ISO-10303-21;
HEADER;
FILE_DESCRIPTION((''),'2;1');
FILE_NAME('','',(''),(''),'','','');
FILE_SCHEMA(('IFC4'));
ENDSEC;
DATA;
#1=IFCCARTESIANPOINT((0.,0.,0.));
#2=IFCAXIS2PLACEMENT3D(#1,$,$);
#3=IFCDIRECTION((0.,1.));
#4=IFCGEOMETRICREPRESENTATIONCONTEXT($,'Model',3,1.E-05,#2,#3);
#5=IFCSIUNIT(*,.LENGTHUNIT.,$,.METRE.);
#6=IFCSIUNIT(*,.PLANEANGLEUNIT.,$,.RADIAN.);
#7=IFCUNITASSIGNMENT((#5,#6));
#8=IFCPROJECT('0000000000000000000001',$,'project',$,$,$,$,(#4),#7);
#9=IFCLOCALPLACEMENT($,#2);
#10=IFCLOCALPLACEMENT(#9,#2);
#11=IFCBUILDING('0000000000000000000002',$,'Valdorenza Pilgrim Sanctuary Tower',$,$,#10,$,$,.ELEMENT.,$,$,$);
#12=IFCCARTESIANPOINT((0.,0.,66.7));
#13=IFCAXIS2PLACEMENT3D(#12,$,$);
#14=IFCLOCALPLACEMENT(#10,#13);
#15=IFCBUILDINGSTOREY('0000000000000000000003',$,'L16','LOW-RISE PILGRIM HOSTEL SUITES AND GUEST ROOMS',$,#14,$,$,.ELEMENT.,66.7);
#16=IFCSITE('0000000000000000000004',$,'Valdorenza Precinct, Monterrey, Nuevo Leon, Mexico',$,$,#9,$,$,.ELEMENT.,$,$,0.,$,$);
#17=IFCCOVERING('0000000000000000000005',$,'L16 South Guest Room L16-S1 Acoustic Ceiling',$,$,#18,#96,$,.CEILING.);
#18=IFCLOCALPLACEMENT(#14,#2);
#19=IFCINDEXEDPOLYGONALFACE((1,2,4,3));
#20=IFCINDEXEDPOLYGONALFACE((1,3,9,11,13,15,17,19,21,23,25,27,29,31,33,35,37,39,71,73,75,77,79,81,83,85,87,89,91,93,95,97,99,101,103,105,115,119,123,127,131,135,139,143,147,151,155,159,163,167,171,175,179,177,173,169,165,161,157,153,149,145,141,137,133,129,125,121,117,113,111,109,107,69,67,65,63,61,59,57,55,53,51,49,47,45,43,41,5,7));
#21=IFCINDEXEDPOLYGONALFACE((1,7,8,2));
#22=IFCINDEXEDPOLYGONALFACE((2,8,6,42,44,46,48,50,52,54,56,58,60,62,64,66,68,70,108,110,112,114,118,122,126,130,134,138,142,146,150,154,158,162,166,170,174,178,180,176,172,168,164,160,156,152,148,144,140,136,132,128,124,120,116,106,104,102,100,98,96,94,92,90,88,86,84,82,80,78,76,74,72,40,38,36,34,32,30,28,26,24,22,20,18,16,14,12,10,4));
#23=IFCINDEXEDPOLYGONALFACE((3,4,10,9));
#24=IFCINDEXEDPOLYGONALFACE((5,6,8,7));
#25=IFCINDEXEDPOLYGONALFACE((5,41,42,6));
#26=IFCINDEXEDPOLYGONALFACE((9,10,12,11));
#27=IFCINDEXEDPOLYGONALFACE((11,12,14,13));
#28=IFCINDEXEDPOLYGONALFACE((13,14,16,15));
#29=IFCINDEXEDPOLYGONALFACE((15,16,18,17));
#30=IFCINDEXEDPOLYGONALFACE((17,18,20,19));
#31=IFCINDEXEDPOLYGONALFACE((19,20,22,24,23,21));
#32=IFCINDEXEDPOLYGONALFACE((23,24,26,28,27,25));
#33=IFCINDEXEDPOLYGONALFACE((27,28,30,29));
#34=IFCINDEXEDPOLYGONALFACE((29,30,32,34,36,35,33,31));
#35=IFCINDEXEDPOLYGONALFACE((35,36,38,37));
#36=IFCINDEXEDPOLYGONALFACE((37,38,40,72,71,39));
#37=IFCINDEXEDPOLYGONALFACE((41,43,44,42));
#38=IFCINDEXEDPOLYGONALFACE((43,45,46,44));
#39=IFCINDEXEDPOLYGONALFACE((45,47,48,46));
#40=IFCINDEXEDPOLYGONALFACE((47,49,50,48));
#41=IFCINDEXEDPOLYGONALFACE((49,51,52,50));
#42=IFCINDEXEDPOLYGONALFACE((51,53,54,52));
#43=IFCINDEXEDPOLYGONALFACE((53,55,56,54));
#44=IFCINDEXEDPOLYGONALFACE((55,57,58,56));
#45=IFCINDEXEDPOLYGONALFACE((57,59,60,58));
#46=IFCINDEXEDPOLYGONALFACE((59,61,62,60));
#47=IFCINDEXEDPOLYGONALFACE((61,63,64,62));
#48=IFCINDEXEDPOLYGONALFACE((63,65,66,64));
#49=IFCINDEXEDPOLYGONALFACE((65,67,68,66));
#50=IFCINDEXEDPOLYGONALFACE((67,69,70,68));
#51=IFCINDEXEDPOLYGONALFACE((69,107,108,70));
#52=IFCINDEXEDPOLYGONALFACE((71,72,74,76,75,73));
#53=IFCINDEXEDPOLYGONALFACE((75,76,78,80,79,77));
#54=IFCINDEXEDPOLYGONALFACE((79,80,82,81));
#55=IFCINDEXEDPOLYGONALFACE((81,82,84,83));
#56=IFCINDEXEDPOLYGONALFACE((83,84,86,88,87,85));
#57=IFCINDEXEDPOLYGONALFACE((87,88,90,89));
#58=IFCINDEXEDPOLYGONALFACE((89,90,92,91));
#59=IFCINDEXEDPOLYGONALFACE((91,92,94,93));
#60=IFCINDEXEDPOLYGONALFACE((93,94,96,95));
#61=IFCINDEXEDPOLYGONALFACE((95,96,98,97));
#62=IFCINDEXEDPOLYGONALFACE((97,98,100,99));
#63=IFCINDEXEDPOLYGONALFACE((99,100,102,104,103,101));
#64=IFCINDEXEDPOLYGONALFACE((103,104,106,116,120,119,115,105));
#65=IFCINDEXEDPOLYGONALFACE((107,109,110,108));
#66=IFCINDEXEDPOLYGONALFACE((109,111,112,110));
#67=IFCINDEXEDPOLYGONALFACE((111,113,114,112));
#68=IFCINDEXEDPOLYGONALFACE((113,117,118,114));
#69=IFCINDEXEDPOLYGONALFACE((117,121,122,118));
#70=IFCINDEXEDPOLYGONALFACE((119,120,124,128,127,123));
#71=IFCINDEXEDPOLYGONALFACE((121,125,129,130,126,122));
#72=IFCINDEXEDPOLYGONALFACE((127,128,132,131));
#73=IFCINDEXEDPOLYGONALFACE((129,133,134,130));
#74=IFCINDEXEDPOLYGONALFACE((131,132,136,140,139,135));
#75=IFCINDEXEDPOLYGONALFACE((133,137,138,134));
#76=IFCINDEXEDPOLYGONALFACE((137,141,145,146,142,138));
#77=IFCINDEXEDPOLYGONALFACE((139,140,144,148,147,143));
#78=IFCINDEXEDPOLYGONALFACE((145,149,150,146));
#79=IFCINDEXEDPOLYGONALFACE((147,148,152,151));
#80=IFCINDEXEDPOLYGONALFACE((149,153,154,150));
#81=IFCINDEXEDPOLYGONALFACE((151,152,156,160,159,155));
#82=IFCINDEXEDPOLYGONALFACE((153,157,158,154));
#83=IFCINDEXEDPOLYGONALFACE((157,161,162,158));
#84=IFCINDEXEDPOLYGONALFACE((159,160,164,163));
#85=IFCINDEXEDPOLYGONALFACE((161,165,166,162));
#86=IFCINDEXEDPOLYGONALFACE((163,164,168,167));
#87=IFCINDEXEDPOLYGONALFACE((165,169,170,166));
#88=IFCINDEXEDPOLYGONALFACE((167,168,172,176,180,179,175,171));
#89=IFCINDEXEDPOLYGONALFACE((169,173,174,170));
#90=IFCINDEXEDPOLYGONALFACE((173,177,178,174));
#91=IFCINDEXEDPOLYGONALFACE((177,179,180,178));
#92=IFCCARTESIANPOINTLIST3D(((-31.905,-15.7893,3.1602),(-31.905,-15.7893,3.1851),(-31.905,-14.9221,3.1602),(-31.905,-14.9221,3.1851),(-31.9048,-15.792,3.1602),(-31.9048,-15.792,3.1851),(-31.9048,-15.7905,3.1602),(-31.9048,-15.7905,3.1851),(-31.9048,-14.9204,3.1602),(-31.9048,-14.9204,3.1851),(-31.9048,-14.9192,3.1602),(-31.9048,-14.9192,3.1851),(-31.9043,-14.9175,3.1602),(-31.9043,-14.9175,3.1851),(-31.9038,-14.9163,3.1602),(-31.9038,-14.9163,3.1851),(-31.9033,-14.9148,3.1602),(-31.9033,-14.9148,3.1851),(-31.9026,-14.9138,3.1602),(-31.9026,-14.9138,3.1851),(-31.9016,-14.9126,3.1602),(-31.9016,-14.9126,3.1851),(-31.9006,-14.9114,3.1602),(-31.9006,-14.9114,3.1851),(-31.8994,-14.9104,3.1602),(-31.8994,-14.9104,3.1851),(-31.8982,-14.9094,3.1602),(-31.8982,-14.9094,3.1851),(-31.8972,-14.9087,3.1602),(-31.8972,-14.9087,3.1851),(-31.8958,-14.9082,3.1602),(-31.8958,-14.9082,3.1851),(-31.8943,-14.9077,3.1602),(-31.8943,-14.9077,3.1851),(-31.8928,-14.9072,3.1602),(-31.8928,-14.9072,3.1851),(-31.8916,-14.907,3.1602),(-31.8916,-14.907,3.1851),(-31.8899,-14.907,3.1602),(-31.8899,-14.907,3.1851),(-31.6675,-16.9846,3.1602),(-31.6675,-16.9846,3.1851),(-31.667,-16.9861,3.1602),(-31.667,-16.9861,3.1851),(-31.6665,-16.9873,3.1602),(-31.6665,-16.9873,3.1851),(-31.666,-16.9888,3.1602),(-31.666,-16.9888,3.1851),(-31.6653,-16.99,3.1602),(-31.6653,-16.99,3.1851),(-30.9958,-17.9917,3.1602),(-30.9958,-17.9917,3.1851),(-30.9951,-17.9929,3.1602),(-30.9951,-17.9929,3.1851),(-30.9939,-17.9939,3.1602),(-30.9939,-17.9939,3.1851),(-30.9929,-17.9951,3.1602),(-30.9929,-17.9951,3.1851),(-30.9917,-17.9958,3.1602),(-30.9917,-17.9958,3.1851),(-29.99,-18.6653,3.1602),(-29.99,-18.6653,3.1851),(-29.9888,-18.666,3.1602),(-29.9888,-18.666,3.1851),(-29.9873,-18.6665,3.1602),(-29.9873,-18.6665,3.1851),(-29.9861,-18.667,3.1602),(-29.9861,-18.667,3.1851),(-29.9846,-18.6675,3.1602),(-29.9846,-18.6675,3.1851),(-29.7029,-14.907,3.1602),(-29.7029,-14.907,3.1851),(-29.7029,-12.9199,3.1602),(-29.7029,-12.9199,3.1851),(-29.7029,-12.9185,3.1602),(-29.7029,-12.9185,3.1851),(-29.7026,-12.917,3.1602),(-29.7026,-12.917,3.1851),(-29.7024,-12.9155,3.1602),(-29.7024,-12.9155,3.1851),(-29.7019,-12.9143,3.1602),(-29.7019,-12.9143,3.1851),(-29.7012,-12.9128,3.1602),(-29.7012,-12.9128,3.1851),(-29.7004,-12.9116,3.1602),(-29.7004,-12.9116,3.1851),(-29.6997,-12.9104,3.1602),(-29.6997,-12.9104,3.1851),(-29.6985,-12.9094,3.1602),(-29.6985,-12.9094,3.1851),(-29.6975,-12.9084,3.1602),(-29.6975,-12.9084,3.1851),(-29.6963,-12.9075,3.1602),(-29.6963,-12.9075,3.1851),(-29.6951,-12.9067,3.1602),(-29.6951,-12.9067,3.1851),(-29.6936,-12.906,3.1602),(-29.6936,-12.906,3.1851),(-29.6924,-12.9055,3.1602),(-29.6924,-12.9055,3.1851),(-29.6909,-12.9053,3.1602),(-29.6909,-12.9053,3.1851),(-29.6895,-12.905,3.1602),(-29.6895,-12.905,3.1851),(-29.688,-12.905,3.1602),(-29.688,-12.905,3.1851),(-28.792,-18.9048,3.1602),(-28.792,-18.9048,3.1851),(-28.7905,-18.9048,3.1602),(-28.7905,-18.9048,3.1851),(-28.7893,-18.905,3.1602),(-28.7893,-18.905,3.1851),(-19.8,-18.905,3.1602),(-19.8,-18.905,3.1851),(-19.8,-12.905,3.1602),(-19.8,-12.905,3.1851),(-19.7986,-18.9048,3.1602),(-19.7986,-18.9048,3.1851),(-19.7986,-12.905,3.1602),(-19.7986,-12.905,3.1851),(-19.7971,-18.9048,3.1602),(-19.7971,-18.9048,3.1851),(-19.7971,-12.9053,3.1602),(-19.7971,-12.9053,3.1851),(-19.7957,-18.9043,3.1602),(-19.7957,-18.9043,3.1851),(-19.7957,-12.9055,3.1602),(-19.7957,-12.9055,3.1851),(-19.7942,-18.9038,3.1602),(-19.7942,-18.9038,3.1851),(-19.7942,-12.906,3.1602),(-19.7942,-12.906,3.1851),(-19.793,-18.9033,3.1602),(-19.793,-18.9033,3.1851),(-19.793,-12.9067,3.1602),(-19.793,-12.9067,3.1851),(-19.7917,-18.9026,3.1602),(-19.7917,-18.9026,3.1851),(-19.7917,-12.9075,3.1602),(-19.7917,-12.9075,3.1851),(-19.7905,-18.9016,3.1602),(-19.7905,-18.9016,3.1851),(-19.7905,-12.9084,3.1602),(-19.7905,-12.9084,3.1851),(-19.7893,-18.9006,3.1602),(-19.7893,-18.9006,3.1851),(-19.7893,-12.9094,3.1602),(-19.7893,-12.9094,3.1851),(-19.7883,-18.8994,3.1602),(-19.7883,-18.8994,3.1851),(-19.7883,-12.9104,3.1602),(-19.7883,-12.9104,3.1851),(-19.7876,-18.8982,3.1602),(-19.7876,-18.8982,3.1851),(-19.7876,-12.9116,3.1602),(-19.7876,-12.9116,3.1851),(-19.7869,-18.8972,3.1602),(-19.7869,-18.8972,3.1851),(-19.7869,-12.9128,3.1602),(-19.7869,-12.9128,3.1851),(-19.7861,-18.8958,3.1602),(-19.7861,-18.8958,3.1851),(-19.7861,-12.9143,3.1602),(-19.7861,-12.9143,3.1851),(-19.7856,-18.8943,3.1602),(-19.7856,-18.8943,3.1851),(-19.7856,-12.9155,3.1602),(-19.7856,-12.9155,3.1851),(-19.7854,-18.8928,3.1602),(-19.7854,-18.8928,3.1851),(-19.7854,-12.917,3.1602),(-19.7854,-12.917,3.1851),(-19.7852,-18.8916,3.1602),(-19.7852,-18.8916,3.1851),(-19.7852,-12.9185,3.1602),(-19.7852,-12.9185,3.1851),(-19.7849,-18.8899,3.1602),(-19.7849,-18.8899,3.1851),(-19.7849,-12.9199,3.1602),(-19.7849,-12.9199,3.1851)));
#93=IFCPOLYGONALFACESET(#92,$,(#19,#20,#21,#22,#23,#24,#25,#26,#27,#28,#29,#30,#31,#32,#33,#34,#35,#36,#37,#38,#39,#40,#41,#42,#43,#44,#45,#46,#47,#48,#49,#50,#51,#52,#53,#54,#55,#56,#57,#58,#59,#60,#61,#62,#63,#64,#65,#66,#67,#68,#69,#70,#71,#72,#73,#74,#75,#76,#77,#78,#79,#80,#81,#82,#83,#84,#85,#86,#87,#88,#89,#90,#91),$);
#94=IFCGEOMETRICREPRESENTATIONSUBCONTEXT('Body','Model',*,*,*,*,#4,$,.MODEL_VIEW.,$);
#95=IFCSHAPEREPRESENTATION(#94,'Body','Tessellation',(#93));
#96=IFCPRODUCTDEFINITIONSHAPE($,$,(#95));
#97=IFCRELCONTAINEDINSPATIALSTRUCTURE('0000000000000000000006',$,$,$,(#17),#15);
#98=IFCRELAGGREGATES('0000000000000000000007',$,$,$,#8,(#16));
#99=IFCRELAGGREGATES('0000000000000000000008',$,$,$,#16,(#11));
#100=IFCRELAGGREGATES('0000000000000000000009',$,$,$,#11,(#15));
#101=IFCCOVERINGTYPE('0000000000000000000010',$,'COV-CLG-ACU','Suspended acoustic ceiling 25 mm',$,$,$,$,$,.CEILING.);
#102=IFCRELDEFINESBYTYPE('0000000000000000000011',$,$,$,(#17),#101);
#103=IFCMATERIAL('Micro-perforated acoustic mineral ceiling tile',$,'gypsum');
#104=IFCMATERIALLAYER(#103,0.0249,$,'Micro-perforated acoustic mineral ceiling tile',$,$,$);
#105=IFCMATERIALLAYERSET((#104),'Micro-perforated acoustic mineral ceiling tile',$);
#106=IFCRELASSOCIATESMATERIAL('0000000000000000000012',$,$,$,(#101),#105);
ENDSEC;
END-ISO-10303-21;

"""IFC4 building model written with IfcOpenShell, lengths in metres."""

from ifc_helpers import new_model, si_unit, direction, frame, origin, place, context, subcontext, project, spatial, polyline, outline, extrude, material, layer, layer_set, type_object, element, save


model = new_model("IFC4")

# Units and contexts
model_context = context("Model", 3, precision=1e-05, world=origin(), true_north=direction((0.0, 1.0)))
body_context = subcontext(model_context, "Body", "Model", "MODEL_VIEW")
ifc_project = project(units=[si_unit("LENGTHUNIT", "METRE"), si_unit("PLANEANGLEUNIT", "RADIAN")], contexts=[model_context])

# Site, building, storey
site_placement = place(None, origin())
site = spatial("IfcSite", under=ifc_project, at=site_placement, Name="Valdorenza Precinct, Monterrey, Nuevo Leon, Mexico", CompositionType="ELEMENT", RefElevation=0.0)
building_placement = place(site_placement, origin())
building = spatial("IfcBuilding", under=site, at=building_placement, Name="Valdorenza Pilgrim Sanctuary Tower", CompositionType="ELEMENT")
storey_placement = place(building_placement, frame((0.0, 0.0, 66.7)))
storey = spatial("IfcBuildingStorey", under=building, at=storey_placement, Name="L16", Description="LOW-RISE PILGRIM HOSTEL SUITES AND GUEST ROOMS", CompositionType="ELEMENT", Elevation=66.7)

# Covering
ifc_material_1 = material(Name="Micro-perforated acoustic mineral ceiling tile", Category="gypsum")
ifc_layer_1 = layer(ifc_material_1, 0.0249, Name="Micro-perforated acoustic mineral ceiling tile")
ifc_layer_set_1 = layer_set([ifc_layer_1], Name="Micro-perforated acoustic mineral ceiling tile")
covering_type_1 = type_object("IfcCoveringType", Name="COV-CLG-ACU", Description="Suspended acoustic ceiling 25 mm", PredefinedType="CEILING", material=ifc_layer_set_1)
covering_1_placement = place(storey_placement, frame((0.0, 0.0, 3.1602)))
element("IfcCovering", 1, at=covering_1_placement, inside=storey, type_object=covering_type_1, Name="L16 South Guest Room L16-S1 Acoustic Ceiling", PredefinedType="CEILING", context=body_context, shape_type="SweptSolid", body=[
    extrude(outline(polyline([(-29.7029, -14.907), (-29.7029, -12.9199), (-29.7029, -12.9185), (-29.7026, -12.917), (-29.7024, -12.9155), (-29.7019, -12.9143), (-29.7012, -12.9128), (-29.7004, -12.9116), (-29.6997, -12.9104), (-29.6985, -12.9094), (-29.6975, -12.9084), (-29.6963, -12.9075), (-29.6951, -12.9067), (-29.6936, -12.906), (-29.6924, -12.9055), (-29.6909, -12.9053), (-29.6895, -12.905), (-29.688, -12.905), (-19.8, -12.905), (-19.7986, -12.905), (-19.7971, -12.9053), (-19.7957, -12.9055), (-19.7942, -12.906), (-19.793, -12.9067), (-19.7917, -12.9075), (-19.7905, -12.9084), (-19.7893, -12.9094), (-19.7883, -12.9104), (-19.7876, -12.9116), (-19.7869, -12.9128), (-19.7861, -12.9143), (-19.7856, -12.9155), (-19.7854, -12.917), (-19.7852, -12.9185), (-19.7849, -12.9199), (-19.7849, -18.8899), (-19.7852, -18.8916), (-19.7854, -18.8928), (-19.7856, -18.8943), (-19.7861, -18.8958), (-19.7869, -18.8972), (-19.7876, -18.8982), (-19.7883, -18.8994), (-19.7893, -18.9006), (-19.7905, -18.9016), (-19.7917, -18.9026), (-19.793, -18.9033), (-19.7942, -18.9038), (-19.7957, -18.9043), (-19.7971, -18.9048), (-19.7986, -18.9048), (-19.8, -18.905), (-28.7893, -18.905), (-28.7905, -18.9048), (-28.792, -18.9048), (-29.9846, -18.6675), (-29.9861, -18.667), (-29.9873, -18.6665), (-29.9888, -18.666), (-29.99, -18.6653), (-30.9917, -17.9958), (-30.9929, -17.9951), (-30.9939, -17.9939), (-30.9951, -17.9929), (-30.9958, -17.9917), (-31.6653, -16.99), (-31.666, -16.9888), (-31.6665, -16.9873), (-31.667, -16.9861), (-31.6675, -16.9846), (-31.9048, -15.792), (-31.9048, -15.7905), (-31.905, -15.7893), (-31.905, -14.9221), (-31.9048, -14.9204), (-31.9048, -14.9192), (-31.9043, -14.9175), (-31.9038, -14.9163), (-31.9033, -14.9148), (-31.9026, -14.9138), (-31.9016, -14.9126), (-31.9006, -14.9114), (-31.8994, -14.9104), (-31.8982, -14.9094), (-31.8972, -14.9087), (-31.8958, -14.9082), (-31.8943, -14.9077), (-31.8928, -14.9072), (-31.8916, -14.907), (-31.8899, -14.907), (-29.7029, -14.907)])), origin(), (0.0, 0.0, 1.0), 0.0249),
])

save(model, "model.ifc")
